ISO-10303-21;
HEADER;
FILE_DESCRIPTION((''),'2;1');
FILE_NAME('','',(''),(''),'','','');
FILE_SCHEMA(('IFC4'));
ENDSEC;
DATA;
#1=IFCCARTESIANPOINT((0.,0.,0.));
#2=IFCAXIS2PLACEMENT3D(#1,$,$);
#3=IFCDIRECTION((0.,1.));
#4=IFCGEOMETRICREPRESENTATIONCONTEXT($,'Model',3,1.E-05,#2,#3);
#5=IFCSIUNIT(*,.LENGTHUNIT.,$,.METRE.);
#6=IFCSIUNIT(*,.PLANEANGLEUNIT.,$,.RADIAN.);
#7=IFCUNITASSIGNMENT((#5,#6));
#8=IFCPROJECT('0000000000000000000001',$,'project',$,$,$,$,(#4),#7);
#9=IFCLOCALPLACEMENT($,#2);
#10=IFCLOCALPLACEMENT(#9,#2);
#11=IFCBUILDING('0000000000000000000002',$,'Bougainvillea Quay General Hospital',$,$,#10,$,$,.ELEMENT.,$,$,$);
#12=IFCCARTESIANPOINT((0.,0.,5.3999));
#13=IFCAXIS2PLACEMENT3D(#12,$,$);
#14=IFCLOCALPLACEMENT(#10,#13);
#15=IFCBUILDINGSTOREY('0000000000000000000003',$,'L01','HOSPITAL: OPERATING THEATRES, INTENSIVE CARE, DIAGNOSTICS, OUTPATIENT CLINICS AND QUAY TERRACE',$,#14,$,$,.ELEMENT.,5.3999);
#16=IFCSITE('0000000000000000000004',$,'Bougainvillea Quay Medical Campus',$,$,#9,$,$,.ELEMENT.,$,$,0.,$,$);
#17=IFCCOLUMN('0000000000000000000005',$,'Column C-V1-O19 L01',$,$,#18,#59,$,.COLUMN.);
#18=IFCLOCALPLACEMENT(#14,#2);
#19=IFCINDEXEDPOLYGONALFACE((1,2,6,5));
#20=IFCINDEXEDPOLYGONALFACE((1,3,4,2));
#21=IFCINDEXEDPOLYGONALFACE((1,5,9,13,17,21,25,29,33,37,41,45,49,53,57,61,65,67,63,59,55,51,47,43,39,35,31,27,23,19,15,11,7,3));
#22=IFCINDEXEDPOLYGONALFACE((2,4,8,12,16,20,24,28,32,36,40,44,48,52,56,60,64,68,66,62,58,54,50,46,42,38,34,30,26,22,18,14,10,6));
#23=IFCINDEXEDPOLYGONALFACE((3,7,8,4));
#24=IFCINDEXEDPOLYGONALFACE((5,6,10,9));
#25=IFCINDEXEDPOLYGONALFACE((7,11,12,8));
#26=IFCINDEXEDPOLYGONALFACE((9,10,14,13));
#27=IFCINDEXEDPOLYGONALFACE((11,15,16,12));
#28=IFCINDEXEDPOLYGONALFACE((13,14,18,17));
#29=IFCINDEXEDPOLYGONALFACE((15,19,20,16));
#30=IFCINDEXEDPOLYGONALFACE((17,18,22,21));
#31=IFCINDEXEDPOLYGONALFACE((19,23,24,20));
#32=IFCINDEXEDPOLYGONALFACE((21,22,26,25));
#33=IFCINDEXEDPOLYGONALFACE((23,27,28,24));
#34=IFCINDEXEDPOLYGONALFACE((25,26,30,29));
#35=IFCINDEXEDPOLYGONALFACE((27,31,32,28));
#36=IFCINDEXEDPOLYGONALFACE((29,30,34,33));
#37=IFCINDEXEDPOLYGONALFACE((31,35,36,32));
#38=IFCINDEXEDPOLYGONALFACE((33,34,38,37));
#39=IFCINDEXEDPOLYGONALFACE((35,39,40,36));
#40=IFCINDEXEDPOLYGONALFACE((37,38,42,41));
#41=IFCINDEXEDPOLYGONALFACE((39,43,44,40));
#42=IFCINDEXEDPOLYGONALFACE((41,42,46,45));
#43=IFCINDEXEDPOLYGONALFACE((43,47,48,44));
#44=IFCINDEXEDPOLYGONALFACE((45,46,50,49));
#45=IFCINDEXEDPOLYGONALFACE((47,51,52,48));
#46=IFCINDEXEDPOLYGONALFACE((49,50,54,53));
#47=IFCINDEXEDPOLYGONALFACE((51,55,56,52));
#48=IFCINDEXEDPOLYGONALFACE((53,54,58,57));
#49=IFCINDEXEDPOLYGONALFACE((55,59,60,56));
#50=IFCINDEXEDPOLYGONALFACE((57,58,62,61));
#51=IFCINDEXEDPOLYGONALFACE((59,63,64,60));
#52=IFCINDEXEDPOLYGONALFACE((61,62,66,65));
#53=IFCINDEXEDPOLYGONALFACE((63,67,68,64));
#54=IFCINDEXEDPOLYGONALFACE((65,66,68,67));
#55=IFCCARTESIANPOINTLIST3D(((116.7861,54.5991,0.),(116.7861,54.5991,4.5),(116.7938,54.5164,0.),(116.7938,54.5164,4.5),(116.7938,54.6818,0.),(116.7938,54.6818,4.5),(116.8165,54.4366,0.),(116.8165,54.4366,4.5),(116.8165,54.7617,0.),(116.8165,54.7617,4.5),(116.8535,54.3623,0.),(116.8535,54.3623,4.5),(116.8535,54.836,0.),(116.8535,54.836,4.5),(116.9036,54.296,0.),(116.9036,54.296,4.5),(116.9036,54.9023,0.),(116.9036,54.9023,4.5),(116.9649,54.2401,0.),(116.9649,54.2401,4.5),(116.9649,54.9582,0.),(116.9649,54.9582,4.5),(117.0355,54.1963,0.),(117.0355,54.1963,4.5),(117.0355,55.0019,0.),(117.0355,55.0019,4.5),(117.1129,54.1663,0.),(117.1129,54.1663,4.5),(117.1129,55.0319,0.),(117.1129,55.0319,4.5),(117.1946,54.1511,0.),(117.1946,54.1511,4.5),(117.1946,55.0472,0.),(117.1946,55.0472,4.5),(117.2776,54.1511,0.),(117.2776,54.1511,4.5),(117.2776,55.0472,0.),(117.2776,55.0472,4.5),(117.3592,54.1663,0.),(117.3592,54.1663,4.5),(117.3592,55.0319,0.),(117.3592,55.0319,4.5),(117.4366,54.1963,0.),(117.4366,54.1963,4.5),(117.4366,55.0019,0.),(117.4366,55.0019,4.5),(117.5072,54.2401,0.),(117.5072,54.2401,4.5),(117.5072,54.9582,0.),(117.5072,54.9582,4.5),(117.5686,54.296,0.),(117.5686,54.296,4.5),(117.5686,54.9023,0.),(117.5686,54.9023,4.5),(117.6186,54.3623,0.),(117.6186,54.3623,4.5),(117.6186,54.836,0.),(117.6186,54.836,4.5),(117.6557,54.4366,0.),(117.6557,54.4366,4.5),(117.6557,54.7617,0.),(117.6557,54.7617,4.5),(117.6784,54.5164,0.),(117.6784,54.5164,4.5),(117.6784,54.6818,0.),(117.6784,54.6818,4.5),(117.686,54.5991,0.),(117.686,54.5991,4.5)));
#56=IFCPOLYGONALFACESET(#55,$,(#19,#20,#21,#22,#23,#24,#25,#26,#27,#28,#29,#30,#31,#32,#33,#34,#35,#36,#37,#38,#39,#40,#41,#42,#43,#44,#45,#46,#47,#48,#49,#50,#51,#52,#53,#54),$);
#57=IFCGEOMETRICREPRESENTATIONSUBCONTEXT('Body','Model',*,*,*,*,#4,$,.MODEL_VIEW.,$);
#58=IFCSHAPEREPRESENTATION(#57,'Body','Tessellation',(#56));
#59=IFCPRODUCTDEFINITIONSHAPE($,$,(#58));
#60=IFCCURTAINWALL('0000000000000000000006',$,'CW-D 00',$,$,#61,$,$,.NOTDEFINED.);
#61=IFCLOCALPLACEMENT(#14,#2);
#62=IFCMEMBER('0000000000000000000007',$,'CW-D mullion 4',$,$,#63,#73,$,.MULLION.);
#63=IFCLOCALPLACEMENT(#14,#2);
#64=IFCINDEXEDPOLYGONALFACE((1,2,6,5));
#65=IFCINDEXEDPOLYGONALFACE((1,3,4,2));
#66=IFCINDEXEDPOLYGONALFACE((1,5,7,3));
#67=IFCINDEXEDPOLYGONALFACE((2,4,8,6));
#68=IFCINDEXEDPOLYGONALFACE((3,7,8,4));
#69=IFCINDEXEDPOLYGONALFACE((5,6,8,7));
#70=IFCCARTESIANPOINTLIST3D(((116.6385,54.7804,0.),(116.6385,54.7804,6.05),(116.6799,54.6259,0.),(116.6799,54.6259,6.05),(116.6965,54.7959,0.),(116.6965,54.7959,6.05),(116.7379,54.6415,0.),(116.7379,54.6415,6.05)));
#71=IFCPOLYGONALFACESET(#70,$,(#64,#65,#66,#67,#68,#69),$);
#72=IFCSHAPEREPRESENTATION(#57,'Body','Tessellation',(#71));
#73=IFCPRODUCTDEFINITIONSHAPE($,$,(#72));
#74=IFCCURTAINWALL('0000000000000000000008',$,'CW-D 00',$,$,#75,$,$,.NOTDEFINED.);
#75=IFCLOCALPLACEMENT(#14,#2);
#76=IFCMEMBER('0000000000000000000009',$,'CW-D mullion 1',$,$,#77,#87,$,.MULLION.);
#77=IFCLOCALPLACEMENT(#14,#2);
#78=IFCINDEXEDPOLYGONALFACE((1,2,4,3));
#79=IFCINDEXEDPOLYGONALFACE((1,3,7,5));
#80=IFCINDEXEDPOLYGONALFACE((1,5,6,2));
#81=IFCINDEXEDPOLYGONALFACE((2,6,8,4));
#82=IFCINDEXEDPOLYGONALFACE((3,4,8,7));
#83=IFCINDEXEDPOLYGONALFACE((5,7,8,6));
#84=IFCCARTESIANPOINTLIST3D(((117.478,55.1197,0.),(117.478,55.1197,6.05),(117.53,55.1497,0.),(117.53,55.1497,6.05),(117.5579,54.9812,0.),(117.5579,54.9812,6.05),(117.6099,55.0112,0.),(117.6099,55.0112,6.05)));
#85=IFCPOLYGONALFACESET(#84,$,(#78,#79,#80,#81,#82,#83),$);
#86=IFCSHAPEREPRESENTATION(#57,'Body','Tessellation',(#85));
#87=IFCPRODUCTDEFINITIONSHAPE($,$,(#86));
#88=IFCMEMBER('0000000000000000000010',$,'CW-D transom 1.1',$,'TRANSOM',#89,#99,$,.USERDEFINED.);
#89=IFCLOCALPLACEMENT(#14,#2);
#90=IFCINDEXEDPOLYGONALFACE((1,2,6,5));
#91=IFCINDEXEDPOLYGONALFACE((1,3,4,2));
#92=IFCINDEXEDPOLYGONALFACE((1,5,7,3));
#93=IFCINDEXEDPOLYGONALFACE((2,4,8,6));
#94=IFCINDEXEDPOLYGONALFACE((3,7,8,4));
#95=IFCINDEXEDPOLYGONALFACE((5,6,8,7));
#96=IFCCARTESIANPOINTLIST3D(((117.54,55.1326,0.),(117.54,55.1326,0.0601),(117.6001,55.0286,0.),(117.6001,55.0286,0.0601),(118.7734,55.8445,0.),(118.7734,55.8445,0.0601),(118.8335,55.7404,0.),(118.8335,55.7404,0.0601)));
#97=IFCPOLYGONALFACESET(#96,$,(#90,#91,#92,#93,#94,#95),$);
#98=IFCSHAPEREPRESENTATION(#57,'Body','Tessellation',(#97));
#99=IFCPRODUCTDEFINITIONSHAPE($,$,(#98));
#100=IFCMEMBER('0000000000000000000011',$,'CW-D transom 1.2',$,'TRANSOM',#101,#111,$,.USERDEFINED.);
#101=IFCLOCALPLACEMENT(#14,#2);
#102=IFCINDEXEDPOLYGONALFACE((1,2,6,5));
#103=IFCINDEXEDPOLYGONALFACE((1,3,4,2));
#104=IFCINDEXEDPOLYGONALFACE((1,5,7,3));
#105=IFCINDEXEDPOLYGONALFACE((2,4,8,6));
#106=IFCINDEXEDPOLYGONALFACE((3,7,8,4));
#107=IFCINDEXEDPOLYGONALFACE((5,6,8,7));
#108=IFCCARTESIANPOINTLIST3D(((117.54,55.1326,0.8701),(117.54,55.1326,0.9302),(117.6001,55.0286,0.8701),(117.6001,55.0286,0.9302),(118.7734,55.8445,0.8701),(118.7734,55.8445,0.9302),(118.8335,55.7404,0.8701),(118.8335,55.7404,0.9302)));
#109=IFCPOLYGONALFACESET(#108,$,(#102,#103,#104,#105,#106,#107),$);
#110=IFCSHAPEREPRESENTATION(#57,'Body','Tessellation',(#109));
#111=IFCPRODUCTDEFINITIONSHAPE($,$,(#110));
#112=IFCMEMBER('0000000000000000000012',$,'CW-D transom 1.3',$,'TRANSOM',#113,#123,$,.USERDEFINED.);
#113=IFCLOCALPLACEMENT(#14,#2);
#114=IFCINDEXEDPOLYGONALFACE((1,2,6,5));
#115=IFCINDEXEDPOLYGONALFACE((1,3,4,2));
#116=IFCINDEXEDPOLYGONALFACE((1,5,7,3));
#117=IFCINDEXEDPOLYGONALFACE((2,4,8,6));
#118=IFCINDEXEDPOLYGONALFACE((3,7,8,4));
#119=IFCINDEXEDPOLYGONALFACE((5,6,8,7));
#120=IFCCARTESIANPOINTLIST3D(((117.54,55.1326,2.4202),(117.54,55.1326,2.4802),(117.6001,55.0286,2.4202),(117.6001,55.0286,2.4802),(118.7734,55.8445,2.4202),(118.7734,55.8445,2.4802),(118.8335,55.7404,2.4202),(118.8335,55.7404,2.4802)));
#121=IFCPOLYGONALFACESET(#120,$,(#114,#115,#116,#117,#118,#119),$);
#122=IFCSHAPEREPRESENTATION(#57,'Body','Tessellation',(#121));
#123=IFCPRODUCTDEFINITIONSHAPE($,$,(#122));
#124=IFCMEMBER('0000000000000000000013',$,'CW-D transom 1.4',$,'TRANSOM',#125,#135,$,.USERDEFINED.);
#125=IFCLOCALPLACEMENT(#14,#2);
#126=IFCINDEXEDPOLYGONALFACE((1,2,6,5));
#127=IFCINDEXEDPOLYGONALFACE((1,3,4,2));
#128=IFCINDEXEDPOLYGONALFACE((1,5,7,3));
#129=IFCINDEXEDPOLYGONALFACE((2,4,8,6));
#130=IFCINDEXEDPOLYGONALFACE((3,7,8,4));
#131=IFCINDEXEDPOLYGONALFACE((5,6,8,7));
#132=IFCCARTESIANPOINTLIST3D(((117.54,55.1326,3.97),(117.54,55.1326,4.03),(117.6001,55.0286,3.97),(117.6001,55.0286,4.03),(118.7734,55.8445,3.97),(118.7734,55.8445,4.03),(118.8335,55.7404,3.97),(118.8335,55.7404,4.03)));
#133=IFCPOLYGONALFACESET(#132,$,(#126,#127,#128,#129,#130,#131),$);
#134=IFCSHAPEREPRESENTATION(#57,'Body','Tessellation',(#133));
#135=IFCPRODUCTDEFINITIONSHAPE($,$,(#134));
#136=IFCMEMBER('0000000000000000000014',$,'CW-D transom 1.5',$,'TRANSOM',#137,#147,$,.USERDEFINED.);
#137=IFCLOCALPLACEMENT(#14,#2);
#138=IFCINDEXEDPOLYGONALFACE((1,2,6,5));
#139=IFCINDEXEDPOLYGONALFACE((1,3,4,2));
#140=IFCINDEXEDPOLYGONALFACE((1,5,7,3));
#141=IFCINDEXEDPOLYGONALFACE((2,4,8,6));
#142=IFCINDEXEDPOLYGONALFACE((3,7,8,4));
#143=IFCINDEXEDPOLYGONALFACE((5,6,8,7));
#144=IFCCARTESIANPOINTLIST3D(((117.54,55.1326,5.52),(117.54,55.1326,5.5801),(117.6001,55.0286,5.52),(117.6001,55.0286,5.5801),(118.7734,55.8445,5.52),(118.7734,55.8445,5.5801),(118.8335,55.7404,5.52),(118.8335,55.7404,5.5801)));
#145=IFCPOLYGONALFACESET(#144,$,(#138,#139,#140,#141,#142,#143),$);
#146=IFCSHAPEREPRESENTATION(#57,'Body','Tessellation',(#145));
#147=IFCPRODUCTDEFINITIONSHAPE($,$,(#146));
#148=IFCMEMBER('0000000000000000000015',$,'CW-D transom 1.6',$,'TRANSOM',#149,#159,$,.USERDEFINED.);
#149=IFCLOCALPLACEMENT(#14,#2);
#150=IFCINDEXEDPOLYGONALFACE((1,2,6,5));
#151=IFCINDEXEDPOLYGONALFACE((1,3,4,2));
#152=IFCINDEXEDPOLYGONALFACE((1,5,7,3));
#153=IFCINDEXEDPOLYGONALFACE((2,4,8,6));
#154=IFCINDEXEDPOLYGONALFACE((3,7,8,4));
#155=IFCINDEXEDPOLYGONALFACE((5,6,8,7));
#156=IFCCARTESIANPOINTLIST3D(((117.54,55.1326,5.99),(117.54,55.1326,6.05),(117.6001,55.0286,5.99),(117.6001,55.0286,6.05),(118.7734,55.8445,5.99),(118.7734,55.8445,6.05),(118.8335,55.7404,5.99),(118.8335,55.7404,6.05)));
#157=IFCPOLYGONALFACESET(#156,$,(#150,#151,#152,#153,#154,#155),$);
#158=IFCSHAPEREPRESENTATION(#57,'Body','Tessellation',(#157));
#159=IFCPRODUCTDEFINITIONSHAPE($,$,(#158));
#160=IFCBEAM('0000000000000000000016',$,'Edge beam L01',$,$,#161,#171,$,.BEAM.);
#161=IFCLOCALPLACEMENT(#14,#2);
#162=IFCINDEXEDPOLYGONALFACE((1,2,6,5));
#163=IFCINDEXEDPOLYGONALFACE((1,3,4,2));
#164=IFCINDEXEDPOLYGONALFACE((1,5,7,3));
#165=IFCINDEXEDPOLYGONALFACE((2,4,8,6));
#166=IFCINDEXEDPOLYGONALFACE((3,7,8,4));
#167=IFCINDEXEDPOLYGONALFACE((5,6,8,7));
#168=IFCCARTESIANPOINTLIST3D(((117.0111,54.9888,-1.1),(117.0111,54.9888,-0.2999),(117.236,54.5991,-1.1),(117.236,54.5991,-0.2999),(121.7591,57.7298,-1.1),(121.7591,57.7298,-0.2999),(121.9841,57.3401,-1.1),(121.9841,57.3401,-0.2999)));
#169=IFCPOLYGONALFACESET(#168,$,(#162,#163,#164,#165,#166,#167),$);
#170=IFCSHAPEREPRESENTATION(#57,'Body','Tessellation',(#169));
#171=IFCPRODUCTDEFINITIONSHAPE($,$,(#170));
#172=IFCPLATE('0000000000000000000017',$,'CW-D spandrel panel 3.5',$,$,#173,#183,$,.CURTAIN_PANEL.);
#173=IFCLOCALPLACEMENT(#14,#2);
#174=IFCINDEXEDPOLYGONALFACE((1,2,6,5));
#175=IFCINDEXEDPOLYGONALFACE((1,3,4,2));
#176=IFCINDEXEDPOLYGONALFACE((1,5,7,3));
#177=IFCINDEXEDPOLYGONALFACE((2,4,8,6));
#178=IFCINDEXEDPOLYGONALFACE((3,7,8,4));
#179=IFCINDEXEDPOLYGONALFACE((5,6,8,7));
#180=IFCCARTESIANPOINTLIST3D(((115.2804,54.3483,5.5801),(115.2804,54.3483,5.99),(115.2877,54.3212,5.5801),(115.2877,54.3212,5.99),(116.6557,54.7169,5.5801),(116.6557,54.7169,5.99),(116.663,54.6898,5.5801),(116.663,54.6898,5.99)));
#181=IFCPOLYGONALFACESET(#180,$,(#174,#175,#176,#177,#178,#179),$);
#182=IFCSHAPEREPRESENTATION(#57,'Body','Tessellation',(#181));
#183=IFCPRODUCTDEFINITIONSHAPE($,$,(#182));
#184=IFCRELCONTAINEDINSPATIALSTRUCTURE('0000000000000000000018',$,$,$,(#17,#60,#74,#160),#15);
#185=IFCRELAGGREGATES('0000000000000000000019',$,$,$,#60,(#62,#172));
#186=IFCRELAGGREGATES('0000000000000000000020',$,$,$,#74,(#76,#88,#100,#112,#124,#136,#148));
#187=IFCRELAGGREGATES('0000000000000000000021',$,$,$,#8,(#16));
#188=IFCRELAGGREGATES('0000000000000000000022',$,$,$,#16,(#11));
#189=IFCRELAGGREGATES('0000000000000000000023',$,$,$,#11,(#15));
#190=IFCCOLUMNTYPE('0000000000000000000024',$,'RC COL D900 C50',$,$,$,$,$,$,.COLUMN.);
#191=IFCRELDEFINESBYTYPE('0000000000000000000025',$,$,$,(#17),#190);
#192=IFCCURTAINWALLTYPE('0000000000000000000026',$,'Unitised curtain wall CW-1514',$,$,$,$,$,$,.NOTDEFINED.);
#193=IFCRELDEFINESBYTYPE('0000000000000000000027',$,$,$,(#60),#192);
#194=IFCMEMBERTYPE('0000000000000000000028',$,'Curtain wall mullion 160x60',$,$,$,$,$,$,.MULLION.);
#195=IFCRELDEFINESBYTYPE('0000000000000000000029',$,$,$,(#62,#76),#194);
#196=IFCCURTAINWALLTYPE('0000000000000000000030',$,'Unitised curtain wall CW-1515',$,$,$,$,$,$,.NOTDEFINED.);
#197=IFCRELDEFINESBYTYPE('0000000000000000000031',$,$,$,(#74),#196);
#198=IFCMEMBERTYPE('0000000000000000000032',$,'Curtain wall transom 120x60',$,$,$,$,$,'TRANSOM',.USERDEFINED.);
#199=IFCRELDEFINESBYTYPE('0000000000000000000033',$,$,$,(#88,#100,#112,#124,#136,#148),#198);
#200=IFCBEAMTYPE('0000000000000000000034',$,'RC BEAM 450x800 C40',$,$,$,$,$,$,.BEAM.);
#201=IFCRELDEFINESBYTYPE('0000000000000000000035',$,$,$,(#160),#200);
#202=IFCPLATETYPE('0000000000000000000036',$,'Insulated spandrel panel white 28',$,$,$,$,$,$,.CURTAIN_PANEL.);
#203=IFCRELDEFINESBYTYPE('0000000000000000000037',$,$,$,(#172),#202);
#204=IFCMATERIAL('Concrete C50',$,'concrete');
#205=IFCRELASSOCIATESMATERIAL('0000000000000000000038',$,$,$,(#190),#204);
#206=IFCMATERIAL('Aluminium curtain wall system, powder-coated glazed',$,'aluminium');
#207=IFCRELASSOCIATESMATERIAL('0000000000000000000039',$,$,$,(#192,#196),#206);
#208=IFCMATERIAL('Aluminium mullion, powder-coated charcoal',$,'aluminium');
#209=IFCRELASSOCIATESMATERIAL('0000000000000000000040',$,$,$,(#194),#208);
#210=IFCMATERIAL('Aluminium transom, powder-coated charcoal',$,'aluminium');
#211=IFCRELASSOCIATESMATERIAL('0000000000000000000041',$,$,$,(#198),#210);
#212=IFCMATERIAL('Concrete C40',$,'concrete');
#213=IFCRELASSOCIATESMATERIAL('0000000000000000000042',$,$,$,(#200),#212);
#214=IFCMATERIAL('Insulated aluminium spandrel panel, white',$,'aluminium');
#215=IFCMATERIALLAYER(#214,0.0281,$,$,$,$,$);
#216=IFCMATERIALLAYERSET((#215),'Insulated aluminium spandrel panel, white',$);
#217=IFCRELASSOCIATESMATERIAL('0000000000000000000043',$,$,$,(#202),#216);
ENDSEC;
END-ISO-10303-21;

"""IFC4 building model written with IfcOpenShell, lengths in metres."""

from ifc_helpers import new_model, si_unit, direction, frame, origin, origin_2d, place, context, subcontext, project, spatial, rectangle, circle, extrude, material, layer, layer_set, material_profile, profile_set, type_object, element, aggregate, save


model = new_model("IFC4")

# Units and contexts
model_context = context("Model", 3, precision=1e-05, world=origin(), true_north=direction((0.0, 1.0)))
body_context = subcontext(model_context, "Body", "Model", "MODEL_VIEW")
ifc_project = project(units=[si_unit("LENGTHUNIT", "METRE"), si_unit("PLANEANGLEUNIT", "RADIAN")], contexts=[model_context])

# Site, building, storey
site_placement = place(None, origin())
site = spatial("IfcSite", under=ifc_project, at=site_placement, Name="Bougainvillea Quay Medical Campus", CompositionType="ELEMENT", RefElevation=0.0)
building_placement = place(site_placement, origin())
building = spatial("IfcBuilding", under=site, at=building_placement, Name="Bougainvillea Quay General Hospital", CompositionType="ELEMENT")
storey_placement = place(building_placement, frame((0.0, 0.0, 5.3999)))
storey = spatial("IfcBuildingStorey", under=building, at=storey_placement, Name="L01", Description="HOSPITAL: OPERATING THEATRES, INTENSIVE CARE, DIAGNOSTICS, OUTPATIENT CLINICS AND QUAY TERRACE", CompositionType="ELEMENT", Elevation=5.3999)

# Column
ifc_material_1 = material(Name="Concrete C50", Category="concrete")
ifc_material_profile_1 = material_profile(ifc_material_1, circle(Radius=0.45, at=origin_2d()))
ifc_profile_set_1 = profile_set([ifc_material_profile_1], Name="Concrete C50")
column_type = type_object("IfcColumnType", Name="RC COL D900 C50", PredefinedType="COLUMN", material=ifc_profile_set_1)
column_placement = place(storey_placement, frame((117.2361, 54.5991, 0.0), z_axis=(0.0, 0.0, 1.0), x_axis=(1.0, 0.0, 0.0)))
element("IfcColumn", 1, at=column_placement, inside=storey, type_object=column_type, Name="Column C-V1-O19 L01", PredefinedType="COLUMN", context=body_context, shape_type="SweptSolid", body=[
    extrude(circle(Radius=0.45, at=origin_2d()), origin(), (0.0, 0.0, 1.0), 4.5),
])

# Curtain wall, member
ifc_material_2 = material(Name="Aluminium curtain wall system, powder-coated glazed", Category="aluminium")
curtain_wall_type_1 = type_object("IfcCurtainWallType", Name="Unitised curtain wall CW-1514", PredefinedType="NOTDEFINED", material=ifc_material_2)
curtain_wall_1_placement = place(storey_placement, origin())
curtain_wall_1 = element("IfcCurtainWall", 2, at=curtain_wall_1_placement, inside=storey, type_object=curtain_wall_type_1, Name="CW-D 00", PredefinedType="NOTDEFINED")
ifc_material_3 = material(Name="Aluminium mullion, powder-coated charcoal", Category="aluminium")
ifc_material_profile_2 = material_profile(ifc_material_3, rectangle(XDim=0.1599, YDim=0.0601, at=origin_2d()))
ifc_profile_set_2 = profile_set([ifc_material_profile_2], Name="Aluminium mullion, powder-coated charcoal")
member_type_1 = type_object("IfcMemberType", Name="Curtain wall mullion 160x60", PredefinedType="MULLION", material=ifc_profile_set_2)
member_1_placement = place(storey_placement, frame((116.6882, 54.7109, 0.0), z_axis=(0.0, 0.0, 1.0), x_axis=(-0.258855, 0.965916, 0.0)))
member_1 = element("IfcMember", 3, at=member_1_placement, type_object=member_type_1, Name="CW-D mullion 4", PredefinedType="MULLION", context=body_context, shape_type="SweptSolid", body=[
    extrude(rectangle(XDim=0.1599, YDim=0.0601, at=origin_2d()), origin(), (0.0, 0.0, 1.0), 6.05),
])

# Curtain wall, members
curtain_wall_type_2 = type_object("IfcCurtainWallType", Name="Unitised curtain wall CW-1515", PredefinedType="NOTDEFINED", material=ifc_material_2)
curtain_wall_2_placement = place(storey_placement, origin())
curtain_wall_2 = element("IfcCurtainWall", 4, at=curtain_wall_2_placement, inside=storey, type_object=curtain_wall_type_2, Name="CW-D 00", PredefinedType="NOTDEFINED")
member_2_placement = place(storey_placement, frame((117.5439, 55.0654, 0.0), z_axis=(0.0, 0.0, 1.0), x_axis=(-0.499965, 0.866046, 0.0)))
member_2 = element("IfcMember", 5, at=member_2_placement, type_object=member_type_1, Name="CW-D mullion 1", PredefinedType="MULLION", context=body_context, shape_type="SweptSolid", body=[
    extrude(rectangle(XDim=0.1599, YDim=0.0601, at=origin_2d()), origin(), (0.0, 0.0, 1.0), 6.05),
])
ifc_material_4 = material(Name="Aluminium transom, powder-coated charcoal", Category="aluminium")
ifc_material_profile_3 = material_profile(ifc_material_4, rectangle(XDim=0.1201, YDim=0.0601, at=origin_2d()))
ifc_profile_set_3 = profile_set([ifc_material_profile_3], Name="Aluminium transom, powder-coated charcoal")
member_type_2 = type_object("IfcMemberType", Name="Curtain wall transom 120x60", ElementType="TRANSOM", PredefinedType="USERDEFINED", material=ifc_profile_set_3)
member_3_placement = place(storey_placement, frame((117.5701, 55.0806, 0.03), z_axis=(0.866083, 0.499901, 0.0), x_axis=(-0.499901, 0.866083, 0.0)))
member_3 = element("IfcMember", 6, at=member_3_placement, type_object=member_type_2, Name="CW-D transom 1.1", ObjectType="TRANSOM", PredefinedType="USERDEFINED", context=body_context, shape_type="SweptSolid", body=[
    extrude(rectangle(XDim=0.1201, YDim=0.0601, at=origin_2d()), origin(), (0.0, 0.0, 1.0), 1.4241),
])
member_4_placement = place(storey_placement, frame((117.5701, 55.0806, 0.9001), z_axis=(0.866083, 0.499901, 0.0), x_axis=(-0.499901, 0.866083, 0.0)))
member_4 = element("IfcMember", 7, at=member_4_placement, type_object=member_type_2, Name="CW-D transom 1.2", ObjectType="TRANSOM", PredefinedType="USERDEFINED", context=body_context, shape_type="SweptSolid", body=[
    extrude(rectangle(XDim=0.1201, YDim=0.0601, at=origin_2d()), origin(), (0.0, 0.0, 1.0), 1.4241),
])
member_5_placement = place(storey_placement, frame((117.5701, 55.0806, 2.4502), z_axis=(0.866083, 0.499901, 0.0), x_axis=(-0.499901, 0.866083, 0.0)))
member_5 = element("IfcMember", 8, at=member_5_placement, type_object=member_type_2, Name="CW-D transom 1.3", ObjectType="TRANSOM", PredefinedType="USERDEFINED", context=body_context, shape_type="SweptSolid", body=[
    extrude(rectangle(XDim=0.1201, YDim=0.0601, at=origin_2d()), origin(), (0.0, 0.0, 1.0), 1.4241),
])
member_6_placement = place(storey_placement, frame((117.5701, 55.0806, 4.0), z_axis=(0.866083, 0.499901, 0.0), x_axis=(-0.499901, 0.866083, 0.0)))
member_6 = element("IfcMember", 9, at=member_6_placement, type_object=member_type_2, Name="CW-D transom 1.4", ObjectType="TRANSOM", PredefinedType="USERDEFINED", context=body_context, shape_type="SweptSolid", body=[
    extrude(rectangle(XDim=0.1201, YDim=0.0601, at=origin_2d()), origin(), (0.0, 0.0, 1.0), 1.4241),
])
member_7_placement = place(storey_placement, frame((117.5701, 55.0806, 5.55), z_axis=(0.866083, 0.499901, 0.0), x_axis=(-0.499901, 0.866083, 0.0)))
member_7 = element("IfcMember", 10, at=member_7_placement, type_object=member_type_2, Name="CW-D transom 1.5", ObjectType="TRANSOM", PredefinedType="USERDEFINED", context=body_context, shape_type="SweptSolid", body=[
    extrude(rectangle(XDim=0.1201, YDim=0.0601, at=origin_2d()), origin(), (0.0, 0.0, 1.0), 1.4241),
])
member_8_placement = place(storey_placement, frame((117.5701, 55.0806, 6.02), z_axis=(0.866083, 0.499901, 0.0), x_axis=(-0.499901, 0.866083, 0.0)))
member_8 = element("IfcMember", 11, at=member_8_placement, type_object=member_type_2, Name="CW-D transom 1.6", ObjectType="TRANSOM", PredefinedType="USERDEFINED", context=body_context, shape_type="SweptSolid", body=[
    extrude(rectangle(XDim=0.1201, YDim=0.0601, at=origin_2d()), origin(), (0.0, 0.0, 1.0), 1.4241),
])

# Beam
ifc_material_5 = material(Name="Concrete C40", Category="concrete")
ifc_material_profile_4 = material_profile(ifc_material_5, rectangle(XDim=0.45, YDim=0.8, at=origin_2d()))
ifc_profile_set_4 = profile_set([ifc_material_profile_4], Name="Concrete C40")
beam_type = type_object("IfcBeamType", Name="RC BEAM 450x800 C40", PredefinedType="BEAM", material=ifc_profile_set_4)
beam_placement = place(storey_placement, frame((117.1235, 54.7939, -0.7), z_axis=(0.866051, 0.499956, 0.0), x_axis=(-0.499956, 0.866051, 0.0)))
element("IfcBeam", 12, at=beam_placement, inside=storey, type_object=beam_type, Name="Edge beam L01", PredefinedType="BEAM", context=body_context, shape_type="SweptSolid", body=[
    extrude(rectangle(XDim=0.45, YDim=0.8, at=origin_2d()), origin(), (0.0, 0.0, 1.0), 5.4824),
])

# Plate
ifc_material_6 = material(Name="Insulated aluminium spandrel panel, white", Category="aluminium")
ifc_layer_1 = layer(ifc_material_6, 0.0281)
ifc_layer_set_1 = layer_set([ifc_layer_1], Name="Insulated aluminium spandrel panel, white")
plate_type_1 = type_object("IfcPlateType", Name="Insulated spandrel panel white 28", PredefinedType="CURTAIN_PANEL", material=ifc_layer_set_1)
plate_1_placement = place(storey_placement, frame((115.9717, 54.519, 5.5801), z_axis=(0.0, 0.0, 1.0), x_axis=(0.965916, 0.258855, 0.0)))
plate_1 = element("IfcPlate", 13, at=plate_1_placement, type_object=plate_type_1, Name="CW-D spandrel panel 3.5", PredefinedType="CURTAIN_PANEL", context=body_context, shape_type="SweptSolid", body=[
    extrude(rectangle(XDim=1.4238, YDim=0.0281, at=origin_2d()), origin(), (0.0, 0.0, 1.0), 0.4099),
])
aggregate(curtain_wall_1, [member_1, plate_1])
aggregate(curtain_wall_2, [member_2, member_3, member_4, member_5, member_6, member_7, member_8])

save(model, "model.ifc")
